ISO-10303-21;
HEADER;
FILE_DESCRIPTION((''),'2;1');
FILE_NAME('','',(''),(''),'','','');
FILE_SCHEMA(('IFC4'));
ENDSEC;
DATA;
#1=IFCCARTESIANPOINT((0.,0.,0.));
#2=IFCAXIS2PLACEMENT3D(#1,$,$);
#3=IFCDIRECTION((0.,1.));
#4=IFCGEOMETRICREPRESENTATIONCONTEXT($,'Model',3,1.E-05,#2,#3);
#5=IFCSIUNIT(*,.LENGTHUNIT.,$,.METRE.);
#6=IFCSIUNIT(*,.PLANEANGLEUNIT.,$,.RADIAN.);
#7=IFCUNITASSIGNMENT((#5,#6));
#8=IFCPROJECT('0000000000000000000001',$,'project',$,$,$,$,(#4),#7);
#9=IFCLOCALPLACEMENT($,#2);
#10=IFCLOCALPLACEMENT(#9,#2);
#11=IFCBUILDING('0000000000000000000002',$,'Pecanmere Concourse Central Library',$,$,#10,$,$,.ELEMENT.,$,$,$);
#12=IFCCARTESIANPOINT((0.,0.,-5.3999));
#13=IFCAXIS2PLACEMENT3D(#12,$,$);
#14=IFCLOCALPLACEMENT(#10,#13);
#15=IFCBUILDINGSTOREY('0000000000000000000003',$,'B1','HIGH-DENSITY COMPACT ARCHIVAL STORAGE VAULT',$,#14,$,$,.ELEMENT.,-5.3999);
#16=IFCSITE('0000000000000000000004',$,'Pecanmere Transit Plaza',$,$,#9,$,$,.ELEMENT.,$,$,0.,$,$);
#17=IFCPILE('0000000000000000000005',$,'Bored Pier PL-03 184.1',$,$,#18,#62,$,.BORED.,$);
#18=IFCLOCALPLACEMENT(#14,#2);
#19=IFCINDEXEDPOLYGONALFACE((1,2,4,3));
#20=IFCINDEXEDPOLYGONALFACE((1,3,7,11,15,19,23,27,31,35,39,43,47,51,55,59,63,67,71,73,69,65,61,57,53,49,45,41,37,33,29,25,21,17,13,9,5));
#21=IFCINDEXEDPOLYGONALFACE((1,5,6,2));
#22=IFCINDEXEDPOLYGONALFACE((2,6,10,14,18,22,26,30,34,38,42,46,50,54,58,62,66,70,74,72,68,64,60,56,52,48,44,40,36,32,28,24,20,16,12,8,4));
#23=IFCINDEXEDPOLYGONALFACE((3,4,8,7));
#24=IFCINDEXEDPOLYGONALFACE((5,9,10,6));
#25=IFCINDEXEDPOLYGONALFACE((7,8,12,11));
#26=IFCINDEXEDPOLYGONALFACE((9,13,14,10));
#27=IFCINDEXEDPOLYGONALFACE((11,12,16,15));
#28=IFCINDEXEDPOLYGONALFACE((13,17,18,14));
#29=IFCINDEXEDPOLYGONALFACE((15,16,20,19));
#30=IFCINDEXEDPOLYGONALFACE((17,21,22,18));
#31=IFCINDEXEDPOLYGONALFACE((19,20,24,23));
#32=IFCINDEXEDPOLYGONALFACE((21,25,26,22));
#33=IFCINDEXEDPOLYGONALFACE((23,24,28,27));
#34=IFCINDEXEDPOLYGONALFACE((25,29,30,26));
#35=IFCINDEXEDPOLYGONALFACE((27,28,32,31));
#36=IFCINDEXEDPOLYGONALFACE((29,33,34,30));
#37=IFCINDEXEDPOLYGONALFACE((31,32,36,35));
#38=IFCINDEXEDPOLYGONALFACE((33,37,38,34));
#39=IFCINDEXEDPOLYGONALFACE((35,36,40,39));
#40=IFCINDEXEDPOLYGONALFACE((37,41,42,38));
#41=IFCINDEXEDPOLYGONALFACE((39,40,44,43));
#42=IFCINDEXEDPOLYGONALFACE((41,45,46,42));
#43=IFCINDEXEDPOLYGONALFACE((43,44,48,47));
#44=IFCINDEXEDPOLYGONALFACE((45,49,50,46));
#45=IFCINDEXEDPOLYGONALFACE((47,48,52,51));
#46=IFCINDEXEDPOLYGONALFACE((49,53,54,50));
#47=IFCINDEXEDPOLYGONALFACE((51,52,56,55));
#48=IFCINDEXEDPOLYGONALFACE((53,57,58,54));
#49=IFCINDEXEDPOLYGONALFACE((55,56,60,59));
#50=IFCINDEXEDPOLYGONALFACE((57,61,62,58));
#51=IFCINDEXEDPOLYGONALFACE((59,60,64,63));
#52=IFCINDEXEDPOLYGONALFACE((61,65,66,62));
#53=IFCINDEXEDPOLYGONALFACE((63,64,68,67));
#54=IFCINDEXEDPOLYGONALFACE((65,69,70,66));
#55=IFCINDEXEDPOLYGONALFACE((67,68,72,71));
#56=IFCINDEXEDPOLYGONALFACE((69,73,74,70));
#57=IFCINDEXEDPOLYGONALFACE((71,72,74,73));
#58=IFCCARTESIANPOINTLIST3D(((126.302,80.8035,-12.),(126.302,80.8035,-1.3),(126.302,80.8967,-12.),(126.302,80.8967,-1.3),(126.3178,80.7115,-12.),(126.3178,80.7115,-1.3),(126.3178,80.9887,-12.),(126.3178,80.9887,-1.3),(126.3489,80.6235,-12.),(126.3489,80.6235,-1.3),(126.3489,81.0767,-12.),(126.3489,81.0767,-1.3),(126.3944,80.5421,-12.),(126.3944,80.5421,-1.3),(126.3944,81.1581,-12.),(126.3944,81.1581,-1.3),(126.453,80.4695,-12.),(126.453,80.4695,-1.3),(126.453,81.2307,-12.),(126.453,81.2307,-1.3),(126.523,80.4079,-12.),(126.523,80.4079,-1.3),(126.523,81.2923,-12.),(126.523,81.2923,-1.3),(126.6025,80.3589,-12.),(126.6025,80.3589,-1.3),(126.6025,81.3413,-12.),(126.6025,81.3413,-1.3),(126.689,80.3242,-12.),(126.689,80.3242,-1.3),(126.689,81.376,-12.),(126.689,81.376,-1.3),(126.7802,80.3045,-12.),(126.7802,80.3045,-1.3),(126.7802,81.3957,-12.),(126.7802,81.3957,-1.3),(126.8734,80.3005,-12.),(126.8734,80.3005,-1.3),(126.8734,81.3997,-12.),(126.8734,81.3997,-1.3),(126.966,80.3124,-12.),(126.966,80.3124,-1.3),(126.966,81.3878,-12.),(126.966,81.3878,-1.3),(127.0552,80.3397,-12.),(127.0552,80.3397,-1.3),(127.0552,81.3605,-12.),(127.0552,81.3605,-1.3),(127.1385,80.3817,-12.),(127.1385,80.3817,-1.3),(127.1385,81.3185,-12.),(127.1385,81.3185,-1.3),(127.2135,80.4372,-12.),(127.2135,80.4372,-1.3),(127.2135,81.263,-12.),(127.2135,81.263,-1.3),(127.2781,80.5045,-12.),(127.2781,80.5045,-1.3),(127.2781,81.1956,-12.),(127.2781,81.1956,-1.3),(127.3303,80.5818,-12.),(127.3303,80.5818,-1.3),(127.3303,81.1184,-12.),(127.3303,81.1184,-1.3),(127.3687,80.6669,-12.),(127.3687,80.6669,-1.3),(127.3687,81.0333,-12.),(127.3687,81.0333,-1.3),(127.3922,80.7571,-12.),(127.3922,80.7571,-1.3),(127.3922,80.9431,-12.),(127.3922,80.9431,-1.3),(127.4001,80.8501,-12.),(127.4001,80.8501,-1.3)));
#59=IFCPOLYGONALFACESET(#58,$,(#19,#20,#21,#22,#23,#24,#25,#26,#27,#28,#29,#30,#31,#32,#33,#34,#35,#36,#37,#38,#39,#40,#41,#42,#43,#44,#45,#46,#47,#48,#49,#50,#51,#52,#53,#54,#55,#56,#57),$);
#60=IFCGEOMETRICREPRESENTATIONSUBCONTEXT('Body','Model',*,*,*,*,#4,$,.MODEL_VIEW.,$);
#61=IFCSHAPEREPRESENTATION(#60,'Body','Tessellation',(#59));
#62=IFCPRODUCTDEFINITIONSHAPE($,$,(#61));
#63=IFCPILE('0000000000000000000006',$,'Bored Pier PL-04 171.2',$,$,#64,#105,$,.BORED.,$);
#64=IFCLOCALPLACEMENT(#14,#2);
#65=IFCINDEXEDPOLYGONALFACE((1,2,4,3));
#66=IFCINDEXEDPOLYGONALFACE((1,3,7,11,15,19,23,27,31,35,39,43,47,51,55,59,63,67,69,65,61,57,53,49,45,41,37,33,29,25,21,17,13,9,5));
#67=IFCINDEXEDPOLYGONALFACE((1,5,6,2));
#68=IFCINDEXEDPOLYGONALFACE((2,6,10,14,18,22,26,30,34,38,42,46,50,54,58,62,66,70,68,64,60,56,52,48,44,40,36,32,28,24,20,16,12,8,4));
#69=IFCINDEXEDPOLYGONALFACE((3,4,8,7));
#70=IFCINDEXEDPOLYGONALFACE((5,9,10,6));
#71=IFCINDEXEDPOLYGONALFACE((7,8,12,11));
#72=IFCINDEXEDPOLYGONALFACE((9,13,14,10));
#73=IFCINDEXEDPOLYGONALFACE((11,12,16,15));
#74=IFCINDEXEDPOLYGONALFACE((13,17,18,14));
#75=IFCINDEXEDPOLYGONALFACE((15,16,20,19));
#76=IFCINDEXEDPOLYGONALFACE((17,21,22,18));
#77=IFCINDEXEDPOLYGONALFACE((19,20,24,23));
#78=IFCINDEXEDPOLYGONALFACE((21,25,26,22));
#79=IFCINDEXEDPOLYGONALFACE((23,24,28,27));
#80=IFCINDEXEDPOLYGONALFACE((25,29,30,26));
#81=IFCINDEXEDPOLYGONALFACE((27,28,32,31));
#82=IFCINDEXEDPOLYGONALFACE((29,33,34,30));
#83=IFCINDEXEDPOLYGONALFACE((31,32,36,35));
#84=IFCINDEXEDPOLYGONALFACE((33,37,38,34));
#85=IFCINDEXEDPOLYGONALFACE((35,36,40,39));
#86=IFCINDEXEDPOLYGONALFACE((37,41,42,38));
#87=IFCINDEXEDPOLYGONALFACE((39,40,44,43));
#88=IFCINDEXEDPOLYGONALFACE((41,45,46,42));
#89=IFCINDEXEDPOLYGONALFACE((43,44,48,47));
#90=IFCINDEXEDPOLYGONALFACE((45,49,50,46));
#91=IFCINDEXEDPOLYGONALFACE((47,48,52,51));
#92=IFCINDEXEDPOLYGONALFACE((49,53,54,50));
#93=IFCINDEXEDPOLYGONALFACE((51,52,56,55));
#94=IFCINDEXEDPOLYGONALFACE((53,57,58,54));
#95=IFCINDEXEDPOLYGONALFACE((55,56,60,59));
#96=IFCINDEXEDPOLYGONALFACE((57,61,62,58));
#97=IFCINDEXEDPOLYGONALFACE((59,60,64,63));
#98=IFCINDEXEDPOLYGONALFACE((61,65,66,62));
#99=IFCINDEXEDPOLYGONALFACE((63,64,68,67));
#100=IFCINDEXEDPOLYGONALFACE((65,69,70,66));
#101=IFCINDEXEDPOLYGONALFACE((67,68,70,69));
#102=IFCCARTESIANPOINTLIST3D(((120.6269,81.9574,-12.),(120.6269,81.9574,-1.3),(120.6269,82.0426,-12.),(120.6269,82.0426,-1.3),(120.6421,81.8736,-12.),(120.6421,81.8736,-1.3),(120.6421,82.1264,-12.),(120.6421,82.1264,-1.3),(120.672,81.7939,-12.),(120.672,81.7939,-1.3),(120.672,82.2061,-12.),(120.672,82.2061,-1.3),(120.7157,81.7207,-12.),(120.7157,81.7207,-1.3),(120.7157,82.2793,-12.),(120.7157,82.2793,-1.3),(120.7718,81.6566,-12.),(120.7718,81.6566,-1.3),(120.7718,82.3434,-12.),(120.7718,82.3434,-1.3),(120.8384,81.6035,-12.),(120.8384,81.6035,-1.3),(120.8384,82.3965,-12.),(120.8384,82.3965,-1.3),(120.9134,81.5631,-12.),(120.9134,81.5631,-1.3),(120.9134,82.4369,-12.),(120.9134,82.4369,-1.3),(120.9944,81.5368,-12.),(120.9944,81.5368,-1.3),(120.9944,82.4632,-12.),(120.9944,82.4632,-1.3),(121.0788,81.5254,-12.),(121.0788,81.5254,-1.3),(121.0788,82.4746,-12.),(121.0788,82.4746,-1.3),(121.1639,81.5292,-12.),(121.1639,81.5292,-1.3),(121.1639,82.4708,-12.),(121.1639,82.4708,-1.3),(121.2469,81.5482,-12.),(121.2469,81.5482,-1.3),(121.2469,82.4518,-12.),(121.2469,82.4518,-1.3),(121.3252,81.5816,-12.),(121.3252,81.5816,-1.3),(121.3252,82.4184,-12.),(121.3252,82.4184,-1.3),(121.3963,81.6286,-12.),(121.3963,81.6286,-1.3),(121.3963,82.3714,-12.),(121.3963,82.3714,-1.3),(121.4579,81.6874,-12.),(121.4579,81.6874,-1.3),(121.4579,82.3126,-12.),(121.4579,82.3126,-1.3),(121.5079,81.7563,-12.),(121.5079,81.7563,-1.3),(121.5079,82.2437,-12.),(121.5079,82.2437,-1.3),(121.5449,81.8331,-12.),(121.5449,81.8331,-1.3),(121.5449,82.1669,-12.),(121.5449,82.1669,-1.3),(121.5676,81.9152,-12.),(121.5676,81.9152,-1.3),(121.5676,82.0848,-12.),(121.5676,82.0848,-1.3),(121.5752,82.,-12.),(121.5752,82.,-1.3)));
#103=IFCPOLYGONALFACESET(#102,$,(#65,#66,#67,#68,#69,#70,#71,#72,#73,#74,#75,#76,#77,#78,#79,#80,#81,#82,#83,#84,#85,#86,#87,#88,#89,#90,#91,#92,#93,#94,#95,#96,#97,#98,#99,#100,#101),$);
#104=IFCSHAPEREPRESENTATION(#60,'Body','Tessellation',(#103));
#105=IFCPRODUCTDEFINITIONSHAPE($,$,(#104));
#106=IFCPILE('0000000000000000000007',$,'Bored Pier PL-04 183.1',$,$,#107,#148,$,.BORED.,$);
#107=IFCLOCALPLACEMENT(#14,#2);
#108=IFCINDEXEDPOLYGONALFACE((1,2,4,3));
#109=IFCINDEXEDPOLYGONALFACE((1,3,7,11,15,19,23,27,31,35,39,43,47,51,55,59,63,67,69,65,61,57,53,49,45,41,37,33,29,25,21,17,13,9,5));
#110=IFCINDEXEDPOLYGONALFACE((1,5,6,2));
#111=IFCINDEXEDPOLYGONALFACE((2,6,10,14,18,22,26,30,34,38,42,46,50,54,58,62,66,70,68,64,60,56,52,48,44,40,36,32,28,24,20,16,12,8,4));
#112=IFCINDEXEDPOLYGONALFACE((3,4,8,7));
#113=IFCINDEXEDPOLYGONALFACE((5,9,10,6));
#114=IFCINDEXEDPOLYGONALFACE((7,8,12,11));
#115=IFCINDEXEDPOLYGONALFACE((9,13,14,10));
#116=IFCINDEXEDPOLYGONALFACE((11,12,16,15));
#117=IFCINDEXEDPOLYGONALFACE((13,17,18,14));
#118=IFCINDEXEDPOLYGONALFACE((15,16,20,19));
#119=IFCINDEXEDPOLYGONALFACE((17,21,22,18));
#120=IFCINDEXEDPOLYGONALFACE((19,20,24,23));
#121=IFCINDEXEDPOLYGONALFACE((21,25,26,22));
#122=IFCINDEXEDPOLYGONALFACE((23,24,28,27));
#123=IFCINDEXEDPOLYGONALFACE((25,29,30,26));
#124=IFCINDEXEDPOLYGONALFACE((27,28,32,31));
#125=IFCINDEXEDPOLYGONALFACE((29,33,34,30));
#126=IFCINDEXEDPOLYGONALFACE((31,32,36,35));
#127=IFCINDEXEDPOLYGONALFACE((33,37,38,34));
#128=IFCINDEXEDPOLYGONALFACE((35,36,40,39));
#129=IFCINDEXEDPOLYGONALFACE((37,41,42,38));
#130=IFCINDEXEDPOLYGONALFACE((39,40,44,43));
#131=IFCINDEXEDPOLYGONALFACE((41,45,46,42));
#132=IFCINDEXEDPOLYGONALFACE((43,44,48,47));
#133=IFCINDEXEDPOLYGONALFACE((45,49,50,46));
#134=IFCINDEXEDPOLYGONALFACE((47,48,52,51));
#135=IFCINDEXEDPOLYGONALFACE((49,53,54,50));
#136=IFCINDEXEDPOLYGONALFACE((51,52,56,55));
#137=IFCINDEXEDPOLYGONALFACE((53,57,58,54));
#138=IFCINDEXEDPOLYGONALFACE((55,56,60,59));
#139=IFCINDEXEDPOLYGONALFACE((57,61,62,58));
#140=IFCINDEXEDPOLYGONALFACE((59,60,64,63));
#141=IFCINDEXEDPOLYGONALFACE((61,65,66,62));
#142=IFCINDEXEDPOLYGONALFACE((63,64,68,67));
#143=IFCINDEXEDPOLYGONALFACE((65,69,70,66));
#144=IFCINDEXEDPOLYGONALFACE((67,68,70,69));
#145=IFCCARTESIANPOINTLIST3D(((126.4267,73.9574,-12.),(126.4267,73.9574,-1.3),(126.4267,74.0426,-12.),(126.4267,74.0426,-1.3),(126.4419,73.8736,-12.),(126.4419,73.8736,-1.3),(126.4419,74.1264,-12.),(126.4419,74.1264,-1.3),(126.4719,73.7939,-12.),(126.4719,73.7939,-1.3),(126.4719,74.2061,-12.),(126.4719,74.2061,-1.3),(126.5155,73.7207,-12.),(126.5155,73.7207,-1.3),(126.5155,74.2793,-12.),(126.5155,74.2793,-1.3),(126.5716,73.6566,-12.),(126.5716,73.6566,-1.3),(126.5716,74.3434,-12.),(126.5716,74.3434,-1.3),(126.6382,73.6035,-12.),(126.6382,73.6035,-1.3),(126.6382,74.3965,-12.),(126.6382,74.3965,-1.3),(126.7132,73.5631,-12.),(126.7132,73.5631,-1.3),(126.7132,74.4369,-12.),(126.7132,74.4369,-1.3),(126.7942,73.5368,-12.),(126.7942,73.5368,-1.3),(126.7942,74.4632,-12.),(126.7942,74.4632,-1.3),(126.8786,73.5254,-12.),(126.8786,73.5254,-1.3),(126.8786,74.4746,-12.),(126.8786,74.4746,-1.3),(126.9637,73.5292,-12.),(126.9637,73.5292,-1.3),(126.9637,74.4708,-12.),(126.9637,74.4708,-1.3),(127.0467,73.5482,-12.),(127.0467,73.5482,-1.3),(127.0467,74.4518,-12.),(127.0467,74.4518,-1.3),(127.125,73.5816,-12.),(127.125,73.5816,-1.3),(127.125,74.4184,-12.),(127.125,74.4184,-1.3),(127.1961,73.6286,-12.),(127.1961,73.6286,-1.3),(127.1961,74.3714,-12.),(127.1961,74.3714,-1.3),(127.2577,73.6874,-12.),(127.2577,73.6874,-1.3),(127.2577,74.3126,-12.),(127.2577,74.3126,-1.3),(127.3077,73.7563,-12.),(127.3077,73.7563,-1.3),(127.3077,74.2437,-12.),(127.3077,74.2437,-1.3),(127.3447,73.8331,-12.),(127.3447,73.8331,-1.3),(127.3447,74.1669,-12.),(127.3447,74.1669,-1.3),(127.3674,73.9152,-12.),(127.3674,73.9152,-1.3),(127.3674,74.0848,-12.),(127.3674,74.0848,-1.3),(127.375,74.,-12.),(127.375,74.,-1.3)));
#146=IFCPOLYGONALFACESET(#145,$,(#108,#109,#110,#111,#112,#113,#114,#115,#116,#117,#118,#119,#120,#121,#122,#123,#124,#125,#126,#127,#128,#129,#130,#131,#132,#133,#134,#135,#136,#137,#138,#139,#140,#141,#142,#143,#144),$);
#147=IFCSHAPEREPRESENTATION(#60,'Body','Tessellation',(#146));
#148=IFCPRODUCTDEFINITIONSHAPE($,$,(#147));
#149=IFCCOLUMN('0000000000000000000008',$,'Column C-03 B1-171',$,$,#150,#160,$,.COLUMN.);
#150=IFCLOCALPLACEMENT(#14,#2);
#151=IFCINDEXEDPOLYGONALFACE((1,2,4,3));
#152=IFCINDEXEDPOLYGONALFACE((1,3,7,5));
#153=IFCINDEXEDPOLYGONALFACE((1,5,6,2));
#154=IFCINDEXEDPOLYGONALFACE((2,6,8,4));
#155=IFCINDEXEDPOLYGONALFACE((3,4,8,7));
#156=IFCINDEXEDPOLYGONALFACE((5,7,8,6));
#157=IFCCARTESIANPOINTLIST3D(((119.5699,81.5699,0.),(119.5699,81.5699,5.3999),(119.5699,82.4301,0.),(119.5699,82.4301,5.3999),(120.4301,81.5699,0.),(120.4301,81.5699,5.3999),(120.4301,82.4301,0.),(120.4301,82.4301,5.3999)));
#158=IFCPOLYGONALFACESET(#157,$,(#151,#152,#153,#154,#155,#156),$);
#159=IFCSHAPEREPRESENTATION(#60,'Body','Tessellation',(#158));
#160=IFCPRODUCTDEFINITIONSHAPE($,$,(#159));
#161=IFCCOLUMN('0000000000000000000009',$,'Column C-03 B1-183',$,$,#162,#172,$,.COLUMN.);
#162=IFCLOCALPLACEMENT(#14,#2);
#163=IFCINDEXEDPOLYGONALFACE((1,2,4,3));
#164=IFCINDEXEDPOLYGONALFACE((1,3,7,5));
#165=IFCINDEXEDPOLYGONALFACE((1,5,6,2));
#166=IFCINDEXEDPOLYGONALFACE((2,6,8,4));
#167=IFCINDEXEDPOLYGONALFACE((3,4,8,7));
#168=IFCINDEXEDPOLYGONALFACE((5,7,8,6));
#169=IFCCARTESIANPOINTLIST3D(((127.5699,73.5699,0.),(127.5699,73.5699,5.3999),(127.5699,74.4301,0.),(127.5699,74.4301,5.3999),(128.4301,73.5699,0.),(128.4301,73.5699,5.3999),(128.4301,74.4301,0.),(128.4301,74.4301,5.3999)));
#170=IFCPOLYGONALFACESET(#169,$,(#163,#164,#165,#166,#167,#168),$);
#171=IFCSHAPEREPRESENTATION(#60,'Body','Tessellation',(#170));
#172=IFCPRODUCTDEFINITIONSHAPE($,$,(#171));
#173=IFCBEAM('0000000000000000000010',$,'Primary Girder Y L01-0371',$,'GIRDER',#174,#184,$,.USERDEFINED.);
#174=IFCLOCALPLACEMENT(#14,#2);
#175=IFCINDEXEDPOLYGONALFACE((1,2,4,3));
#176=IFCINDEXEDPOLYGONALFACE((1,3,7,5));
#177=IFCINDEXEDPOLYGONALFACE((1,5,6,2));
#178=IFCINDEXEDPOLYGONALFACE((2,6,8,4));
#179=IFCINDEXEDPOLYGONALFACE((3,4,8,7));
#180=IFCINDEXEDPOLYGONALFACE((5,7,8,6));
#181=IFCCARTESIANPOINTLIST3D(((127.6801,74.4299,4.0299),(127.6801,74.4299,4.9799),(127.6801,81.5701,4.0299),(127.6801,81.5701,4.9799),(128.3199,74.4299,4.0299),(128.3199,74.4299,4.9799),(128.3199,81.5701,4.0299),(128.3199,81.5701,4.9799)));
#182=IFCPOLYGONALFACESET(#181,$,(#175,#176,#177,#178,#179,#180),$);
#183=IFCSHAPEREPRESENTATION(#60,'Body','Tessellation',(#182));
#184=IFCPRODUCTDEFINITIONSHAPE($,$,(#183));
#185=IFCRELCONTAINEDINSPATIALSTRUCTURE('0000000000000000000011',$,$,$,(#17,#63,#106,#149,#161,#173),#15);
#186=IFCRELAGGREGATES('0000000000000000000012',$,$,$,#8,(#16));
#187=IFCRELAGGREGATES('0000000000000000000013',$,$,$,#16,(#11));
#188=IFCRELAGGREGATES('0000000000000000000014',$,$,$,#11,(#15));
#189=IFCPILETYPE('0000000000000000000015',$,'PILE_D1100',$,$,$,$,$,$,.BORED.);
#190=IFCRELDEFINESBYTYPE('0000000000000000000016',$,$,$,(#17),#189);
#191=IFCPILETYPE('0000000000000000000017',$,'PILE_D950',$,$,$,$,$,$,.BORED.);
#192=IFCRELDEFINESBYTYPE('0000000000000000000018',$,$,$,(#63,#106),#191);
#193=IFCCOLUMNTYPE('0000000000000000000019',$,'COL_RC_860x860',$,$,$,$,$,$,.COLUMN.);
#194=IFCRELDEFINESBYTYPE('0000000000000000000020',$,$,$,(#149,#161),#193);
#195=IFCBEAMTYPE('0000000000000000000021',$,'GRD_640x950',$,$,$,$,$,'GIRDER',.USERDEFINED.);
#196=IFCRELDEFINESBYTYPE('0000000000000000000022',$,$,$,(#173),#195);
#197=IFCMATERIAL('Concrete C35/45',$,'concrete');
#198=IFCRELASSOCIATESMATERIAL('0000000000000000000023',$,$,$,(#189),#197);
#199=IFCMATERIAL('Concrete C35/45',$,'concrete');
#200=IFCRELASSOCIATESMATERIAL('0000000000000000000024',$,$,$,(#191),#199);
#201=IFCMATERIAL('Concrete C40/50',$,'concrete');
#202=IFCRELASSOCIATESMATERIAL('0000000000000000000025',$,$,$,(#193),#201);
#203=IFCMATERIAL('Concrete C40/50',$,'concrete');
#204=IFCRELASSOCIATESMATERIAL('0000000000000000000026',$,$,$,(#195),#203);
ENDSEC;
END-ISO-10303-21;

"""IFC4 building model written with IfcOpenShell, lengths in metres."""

from ifc_helpers import new_model, si_unit, direction, frame, origin, origin_2d, place, context, subcontext, project, spatial, rectangle, circle, extrude, material, material_profile, profile_set, type_object, element, save


model = new_model("IFC4")

# Units and contexts
model_context = context("Model", 3, precision=1e-05, world=origin(), true_north=direction((0.0, 1.0)))
body_context = subcontext(model_context, "Body", "Model", "MODEL_VIEW")
ifc_project = project(units=[si_unit("LENGTHUNIT", "METRE"), si_unit("PLANEANGLEUNIT", "RADIAN")], contexts=[model_context])

# Site, building, storey
site_placement = place(None, origin())
site = spatial("IfcSite", under=ifc_project, at=site_placement, Name="Pecanmere Transit Plaza", CompositionType="ELEMENT", RefElevation=0.0)
building_placement = place(site_placement, origin())
building = spatial("IfcBuilding", under=site, at=building_placement, Name="Pecanmere Concourse Central Library", CompositionType="ELEMENT")
storey_placement = place(building_placement, frame((0.0, 0.0, -5.3999)))
storey = spatial("IfcBuildingStorey", under=building, at=storey_placement, Name="B1", Description="HIGH-DENSITY COMPACT ARCHIVAL STORAGE VAULT", CompositionType="ELEMENT", Elevation=-5.3999)

# Piles
ifc_material_1 = material(Name="Concrete C35/45", Category="concrete")
ifc_material_profile_1 = material_profile(ifc_material_1, circle(Radius=0.55, at=origin_2d()), Name="PIER D1100")
ifc_profile_set_1 = profile_set([ifc_material_profile_1], Name="Concrete C35/45")
pile_type_1 = type_object("IfcPileType", Name="PILE_D1100", PredefinedType="BORED", material=ifc_profile_set_1)
for number, where, z_axis, x_axis, name in (
    (1, (126.8501, 80.8501, -1.3), (0.0, 0.0, -1.0), (1.0, 0.0, 0.0), "Bored Pier PL-03 184.1"),
):
    element("IfcPile", number, at=place(storey_placement, frame(where, z_axis=z_axis, x_axis=x_axis)), inside=storey, type_object=pile_type_1, Name=name, PredefinedType="BORED", context=body_context, shape_type="SweptSolid", body=[
        extrude(circle(Radius=0.55, at=origin_2d()), origin(), (0.0, 0.0, 1.0), 10.7),
    ])
ifc_material_2 = material(Name="Concrete C35/45", Category="concrete")
ifc_material_profile_2 = material_profile(ifc_material_2, circle(Radius=0.4751, at=origin_2d()), Name="PIER D950")
ifc_profile_set_2 = profile_set([ifc_material_profile_2], Name="Concrete C35/45")
pile_type_2 = type_object("IfcPileType", Name="PILE_D950", PredefinedType="BORED", material=ifc_profile_set_2)
for number, where, z_axis, x_axis, name in (
    (2, (121.1001, 82.0, -1.3), (0.0, 0.0, -1.0), (1.0, 0.0, 0.0), "Bored Pier PL-04 171.2"),
    (3, (126.8999, 74.0, -1.3), (0.0, 0.0, -1.0), (1.0, 0.0, 0.0), "Bored Pier PL-04 183.1"),
):
    element("IfcPile", number, at=place(storey_placement, frame(where, z_axis=z_axis, x_axis=x_axis)), inside=storey, type_object=pile_type_2, Name=name, PredefinedType="BORED", context=body_context, shape_type="SweptSolid", body=[
        extrude(circle(Radius=0.4751, at=origin_2d()), origin(), (0.0, 0.0, 1.0), 10.7),
    ])

# Columns
ifc_material_3 = material(Name="Concrete C40/50", Category="concrete")
ifc_material_profile_3 = material_profile(ifc_material_3, rectangle(XDim=0.8601, YDim=0.8601, at=origin_2d()), Name="RC 860x860")
ifc_profile_set_3 = profile_set([ifc_material_profile_3], Name="Concrete C40/50")
column_type = type_object("IfcColumnType", Name="COL_RC_860x860", PredefinedType="COLUMN", material=ifc_profile_set_3)
for number, where, z_axis, x_axis, name in (
    (4, (120.0, 82.0, 0.0), (0.0, 0.0, 1.0), (1.0, 0.0, 0.0), "Column C-03 B1-171"),
    (5, (128.0, 74.0, 0.0), (0.0, 0.0, 1.0), (1.0, 0.0, 0.0), "Column C-03 B1-183"),
):
    element("IfcColumn", number, at=place(storey_placement, frame(where, z_axis=z_axis, x_axis=x_axis)), inside=storey, type_object=column_type, Name=name, PredefinedType="COLUMN", context=body_context, shape_type="SweptSolid", body=[
        extrude(rectangle(XDim=0.8601, YDim=0.8601, at=origin_2d()), origin(), (0.0, 0.0, 1.0), 5.3999),
    ])

# Beam
ifc_material_4 = material(Name="Concrete C40/50", Category="concrete")
ifc_material_profile_4 = material_profile(ifc_material_4, rectangle(XDim=0.6399, YDim=0.95, at=origin_2d()), Name="RC 640x950")
ifc_profile_set_4 = profile_set([ifc_material_profile_4], Name="Concrete C40/50")
beam_type_1 = type_object("IfcBeamType", Name="GRD_640x950", ElementType="GIRDER", PredefinedType="USERDEFINED", material=ifc_profile_set_4)
beam_1_placement = place(storey_placement, frame((128.0, 74.4299, 4.5049), z_axis=(0.0, 1.0, 0.0), x_axis=(-1.0, 0.0, 0.0)))
element("IfcBeam", 6, at=beam_1_placement, inside=storey, type_object=beam_type_1, Name="Primary Girder Y L01-0371", ObjectType="GIRDER", PredefinedType="USERDEFINED", context=body_context, shape_type="SweptSolid", body=[
    extrude(rectangle(XDim=0.6399, YDim=0.95, at=origin_2d()), origin(), (0.0, 0.0, 1.0), 7.1401),
])

save(model, "model.ifc")
